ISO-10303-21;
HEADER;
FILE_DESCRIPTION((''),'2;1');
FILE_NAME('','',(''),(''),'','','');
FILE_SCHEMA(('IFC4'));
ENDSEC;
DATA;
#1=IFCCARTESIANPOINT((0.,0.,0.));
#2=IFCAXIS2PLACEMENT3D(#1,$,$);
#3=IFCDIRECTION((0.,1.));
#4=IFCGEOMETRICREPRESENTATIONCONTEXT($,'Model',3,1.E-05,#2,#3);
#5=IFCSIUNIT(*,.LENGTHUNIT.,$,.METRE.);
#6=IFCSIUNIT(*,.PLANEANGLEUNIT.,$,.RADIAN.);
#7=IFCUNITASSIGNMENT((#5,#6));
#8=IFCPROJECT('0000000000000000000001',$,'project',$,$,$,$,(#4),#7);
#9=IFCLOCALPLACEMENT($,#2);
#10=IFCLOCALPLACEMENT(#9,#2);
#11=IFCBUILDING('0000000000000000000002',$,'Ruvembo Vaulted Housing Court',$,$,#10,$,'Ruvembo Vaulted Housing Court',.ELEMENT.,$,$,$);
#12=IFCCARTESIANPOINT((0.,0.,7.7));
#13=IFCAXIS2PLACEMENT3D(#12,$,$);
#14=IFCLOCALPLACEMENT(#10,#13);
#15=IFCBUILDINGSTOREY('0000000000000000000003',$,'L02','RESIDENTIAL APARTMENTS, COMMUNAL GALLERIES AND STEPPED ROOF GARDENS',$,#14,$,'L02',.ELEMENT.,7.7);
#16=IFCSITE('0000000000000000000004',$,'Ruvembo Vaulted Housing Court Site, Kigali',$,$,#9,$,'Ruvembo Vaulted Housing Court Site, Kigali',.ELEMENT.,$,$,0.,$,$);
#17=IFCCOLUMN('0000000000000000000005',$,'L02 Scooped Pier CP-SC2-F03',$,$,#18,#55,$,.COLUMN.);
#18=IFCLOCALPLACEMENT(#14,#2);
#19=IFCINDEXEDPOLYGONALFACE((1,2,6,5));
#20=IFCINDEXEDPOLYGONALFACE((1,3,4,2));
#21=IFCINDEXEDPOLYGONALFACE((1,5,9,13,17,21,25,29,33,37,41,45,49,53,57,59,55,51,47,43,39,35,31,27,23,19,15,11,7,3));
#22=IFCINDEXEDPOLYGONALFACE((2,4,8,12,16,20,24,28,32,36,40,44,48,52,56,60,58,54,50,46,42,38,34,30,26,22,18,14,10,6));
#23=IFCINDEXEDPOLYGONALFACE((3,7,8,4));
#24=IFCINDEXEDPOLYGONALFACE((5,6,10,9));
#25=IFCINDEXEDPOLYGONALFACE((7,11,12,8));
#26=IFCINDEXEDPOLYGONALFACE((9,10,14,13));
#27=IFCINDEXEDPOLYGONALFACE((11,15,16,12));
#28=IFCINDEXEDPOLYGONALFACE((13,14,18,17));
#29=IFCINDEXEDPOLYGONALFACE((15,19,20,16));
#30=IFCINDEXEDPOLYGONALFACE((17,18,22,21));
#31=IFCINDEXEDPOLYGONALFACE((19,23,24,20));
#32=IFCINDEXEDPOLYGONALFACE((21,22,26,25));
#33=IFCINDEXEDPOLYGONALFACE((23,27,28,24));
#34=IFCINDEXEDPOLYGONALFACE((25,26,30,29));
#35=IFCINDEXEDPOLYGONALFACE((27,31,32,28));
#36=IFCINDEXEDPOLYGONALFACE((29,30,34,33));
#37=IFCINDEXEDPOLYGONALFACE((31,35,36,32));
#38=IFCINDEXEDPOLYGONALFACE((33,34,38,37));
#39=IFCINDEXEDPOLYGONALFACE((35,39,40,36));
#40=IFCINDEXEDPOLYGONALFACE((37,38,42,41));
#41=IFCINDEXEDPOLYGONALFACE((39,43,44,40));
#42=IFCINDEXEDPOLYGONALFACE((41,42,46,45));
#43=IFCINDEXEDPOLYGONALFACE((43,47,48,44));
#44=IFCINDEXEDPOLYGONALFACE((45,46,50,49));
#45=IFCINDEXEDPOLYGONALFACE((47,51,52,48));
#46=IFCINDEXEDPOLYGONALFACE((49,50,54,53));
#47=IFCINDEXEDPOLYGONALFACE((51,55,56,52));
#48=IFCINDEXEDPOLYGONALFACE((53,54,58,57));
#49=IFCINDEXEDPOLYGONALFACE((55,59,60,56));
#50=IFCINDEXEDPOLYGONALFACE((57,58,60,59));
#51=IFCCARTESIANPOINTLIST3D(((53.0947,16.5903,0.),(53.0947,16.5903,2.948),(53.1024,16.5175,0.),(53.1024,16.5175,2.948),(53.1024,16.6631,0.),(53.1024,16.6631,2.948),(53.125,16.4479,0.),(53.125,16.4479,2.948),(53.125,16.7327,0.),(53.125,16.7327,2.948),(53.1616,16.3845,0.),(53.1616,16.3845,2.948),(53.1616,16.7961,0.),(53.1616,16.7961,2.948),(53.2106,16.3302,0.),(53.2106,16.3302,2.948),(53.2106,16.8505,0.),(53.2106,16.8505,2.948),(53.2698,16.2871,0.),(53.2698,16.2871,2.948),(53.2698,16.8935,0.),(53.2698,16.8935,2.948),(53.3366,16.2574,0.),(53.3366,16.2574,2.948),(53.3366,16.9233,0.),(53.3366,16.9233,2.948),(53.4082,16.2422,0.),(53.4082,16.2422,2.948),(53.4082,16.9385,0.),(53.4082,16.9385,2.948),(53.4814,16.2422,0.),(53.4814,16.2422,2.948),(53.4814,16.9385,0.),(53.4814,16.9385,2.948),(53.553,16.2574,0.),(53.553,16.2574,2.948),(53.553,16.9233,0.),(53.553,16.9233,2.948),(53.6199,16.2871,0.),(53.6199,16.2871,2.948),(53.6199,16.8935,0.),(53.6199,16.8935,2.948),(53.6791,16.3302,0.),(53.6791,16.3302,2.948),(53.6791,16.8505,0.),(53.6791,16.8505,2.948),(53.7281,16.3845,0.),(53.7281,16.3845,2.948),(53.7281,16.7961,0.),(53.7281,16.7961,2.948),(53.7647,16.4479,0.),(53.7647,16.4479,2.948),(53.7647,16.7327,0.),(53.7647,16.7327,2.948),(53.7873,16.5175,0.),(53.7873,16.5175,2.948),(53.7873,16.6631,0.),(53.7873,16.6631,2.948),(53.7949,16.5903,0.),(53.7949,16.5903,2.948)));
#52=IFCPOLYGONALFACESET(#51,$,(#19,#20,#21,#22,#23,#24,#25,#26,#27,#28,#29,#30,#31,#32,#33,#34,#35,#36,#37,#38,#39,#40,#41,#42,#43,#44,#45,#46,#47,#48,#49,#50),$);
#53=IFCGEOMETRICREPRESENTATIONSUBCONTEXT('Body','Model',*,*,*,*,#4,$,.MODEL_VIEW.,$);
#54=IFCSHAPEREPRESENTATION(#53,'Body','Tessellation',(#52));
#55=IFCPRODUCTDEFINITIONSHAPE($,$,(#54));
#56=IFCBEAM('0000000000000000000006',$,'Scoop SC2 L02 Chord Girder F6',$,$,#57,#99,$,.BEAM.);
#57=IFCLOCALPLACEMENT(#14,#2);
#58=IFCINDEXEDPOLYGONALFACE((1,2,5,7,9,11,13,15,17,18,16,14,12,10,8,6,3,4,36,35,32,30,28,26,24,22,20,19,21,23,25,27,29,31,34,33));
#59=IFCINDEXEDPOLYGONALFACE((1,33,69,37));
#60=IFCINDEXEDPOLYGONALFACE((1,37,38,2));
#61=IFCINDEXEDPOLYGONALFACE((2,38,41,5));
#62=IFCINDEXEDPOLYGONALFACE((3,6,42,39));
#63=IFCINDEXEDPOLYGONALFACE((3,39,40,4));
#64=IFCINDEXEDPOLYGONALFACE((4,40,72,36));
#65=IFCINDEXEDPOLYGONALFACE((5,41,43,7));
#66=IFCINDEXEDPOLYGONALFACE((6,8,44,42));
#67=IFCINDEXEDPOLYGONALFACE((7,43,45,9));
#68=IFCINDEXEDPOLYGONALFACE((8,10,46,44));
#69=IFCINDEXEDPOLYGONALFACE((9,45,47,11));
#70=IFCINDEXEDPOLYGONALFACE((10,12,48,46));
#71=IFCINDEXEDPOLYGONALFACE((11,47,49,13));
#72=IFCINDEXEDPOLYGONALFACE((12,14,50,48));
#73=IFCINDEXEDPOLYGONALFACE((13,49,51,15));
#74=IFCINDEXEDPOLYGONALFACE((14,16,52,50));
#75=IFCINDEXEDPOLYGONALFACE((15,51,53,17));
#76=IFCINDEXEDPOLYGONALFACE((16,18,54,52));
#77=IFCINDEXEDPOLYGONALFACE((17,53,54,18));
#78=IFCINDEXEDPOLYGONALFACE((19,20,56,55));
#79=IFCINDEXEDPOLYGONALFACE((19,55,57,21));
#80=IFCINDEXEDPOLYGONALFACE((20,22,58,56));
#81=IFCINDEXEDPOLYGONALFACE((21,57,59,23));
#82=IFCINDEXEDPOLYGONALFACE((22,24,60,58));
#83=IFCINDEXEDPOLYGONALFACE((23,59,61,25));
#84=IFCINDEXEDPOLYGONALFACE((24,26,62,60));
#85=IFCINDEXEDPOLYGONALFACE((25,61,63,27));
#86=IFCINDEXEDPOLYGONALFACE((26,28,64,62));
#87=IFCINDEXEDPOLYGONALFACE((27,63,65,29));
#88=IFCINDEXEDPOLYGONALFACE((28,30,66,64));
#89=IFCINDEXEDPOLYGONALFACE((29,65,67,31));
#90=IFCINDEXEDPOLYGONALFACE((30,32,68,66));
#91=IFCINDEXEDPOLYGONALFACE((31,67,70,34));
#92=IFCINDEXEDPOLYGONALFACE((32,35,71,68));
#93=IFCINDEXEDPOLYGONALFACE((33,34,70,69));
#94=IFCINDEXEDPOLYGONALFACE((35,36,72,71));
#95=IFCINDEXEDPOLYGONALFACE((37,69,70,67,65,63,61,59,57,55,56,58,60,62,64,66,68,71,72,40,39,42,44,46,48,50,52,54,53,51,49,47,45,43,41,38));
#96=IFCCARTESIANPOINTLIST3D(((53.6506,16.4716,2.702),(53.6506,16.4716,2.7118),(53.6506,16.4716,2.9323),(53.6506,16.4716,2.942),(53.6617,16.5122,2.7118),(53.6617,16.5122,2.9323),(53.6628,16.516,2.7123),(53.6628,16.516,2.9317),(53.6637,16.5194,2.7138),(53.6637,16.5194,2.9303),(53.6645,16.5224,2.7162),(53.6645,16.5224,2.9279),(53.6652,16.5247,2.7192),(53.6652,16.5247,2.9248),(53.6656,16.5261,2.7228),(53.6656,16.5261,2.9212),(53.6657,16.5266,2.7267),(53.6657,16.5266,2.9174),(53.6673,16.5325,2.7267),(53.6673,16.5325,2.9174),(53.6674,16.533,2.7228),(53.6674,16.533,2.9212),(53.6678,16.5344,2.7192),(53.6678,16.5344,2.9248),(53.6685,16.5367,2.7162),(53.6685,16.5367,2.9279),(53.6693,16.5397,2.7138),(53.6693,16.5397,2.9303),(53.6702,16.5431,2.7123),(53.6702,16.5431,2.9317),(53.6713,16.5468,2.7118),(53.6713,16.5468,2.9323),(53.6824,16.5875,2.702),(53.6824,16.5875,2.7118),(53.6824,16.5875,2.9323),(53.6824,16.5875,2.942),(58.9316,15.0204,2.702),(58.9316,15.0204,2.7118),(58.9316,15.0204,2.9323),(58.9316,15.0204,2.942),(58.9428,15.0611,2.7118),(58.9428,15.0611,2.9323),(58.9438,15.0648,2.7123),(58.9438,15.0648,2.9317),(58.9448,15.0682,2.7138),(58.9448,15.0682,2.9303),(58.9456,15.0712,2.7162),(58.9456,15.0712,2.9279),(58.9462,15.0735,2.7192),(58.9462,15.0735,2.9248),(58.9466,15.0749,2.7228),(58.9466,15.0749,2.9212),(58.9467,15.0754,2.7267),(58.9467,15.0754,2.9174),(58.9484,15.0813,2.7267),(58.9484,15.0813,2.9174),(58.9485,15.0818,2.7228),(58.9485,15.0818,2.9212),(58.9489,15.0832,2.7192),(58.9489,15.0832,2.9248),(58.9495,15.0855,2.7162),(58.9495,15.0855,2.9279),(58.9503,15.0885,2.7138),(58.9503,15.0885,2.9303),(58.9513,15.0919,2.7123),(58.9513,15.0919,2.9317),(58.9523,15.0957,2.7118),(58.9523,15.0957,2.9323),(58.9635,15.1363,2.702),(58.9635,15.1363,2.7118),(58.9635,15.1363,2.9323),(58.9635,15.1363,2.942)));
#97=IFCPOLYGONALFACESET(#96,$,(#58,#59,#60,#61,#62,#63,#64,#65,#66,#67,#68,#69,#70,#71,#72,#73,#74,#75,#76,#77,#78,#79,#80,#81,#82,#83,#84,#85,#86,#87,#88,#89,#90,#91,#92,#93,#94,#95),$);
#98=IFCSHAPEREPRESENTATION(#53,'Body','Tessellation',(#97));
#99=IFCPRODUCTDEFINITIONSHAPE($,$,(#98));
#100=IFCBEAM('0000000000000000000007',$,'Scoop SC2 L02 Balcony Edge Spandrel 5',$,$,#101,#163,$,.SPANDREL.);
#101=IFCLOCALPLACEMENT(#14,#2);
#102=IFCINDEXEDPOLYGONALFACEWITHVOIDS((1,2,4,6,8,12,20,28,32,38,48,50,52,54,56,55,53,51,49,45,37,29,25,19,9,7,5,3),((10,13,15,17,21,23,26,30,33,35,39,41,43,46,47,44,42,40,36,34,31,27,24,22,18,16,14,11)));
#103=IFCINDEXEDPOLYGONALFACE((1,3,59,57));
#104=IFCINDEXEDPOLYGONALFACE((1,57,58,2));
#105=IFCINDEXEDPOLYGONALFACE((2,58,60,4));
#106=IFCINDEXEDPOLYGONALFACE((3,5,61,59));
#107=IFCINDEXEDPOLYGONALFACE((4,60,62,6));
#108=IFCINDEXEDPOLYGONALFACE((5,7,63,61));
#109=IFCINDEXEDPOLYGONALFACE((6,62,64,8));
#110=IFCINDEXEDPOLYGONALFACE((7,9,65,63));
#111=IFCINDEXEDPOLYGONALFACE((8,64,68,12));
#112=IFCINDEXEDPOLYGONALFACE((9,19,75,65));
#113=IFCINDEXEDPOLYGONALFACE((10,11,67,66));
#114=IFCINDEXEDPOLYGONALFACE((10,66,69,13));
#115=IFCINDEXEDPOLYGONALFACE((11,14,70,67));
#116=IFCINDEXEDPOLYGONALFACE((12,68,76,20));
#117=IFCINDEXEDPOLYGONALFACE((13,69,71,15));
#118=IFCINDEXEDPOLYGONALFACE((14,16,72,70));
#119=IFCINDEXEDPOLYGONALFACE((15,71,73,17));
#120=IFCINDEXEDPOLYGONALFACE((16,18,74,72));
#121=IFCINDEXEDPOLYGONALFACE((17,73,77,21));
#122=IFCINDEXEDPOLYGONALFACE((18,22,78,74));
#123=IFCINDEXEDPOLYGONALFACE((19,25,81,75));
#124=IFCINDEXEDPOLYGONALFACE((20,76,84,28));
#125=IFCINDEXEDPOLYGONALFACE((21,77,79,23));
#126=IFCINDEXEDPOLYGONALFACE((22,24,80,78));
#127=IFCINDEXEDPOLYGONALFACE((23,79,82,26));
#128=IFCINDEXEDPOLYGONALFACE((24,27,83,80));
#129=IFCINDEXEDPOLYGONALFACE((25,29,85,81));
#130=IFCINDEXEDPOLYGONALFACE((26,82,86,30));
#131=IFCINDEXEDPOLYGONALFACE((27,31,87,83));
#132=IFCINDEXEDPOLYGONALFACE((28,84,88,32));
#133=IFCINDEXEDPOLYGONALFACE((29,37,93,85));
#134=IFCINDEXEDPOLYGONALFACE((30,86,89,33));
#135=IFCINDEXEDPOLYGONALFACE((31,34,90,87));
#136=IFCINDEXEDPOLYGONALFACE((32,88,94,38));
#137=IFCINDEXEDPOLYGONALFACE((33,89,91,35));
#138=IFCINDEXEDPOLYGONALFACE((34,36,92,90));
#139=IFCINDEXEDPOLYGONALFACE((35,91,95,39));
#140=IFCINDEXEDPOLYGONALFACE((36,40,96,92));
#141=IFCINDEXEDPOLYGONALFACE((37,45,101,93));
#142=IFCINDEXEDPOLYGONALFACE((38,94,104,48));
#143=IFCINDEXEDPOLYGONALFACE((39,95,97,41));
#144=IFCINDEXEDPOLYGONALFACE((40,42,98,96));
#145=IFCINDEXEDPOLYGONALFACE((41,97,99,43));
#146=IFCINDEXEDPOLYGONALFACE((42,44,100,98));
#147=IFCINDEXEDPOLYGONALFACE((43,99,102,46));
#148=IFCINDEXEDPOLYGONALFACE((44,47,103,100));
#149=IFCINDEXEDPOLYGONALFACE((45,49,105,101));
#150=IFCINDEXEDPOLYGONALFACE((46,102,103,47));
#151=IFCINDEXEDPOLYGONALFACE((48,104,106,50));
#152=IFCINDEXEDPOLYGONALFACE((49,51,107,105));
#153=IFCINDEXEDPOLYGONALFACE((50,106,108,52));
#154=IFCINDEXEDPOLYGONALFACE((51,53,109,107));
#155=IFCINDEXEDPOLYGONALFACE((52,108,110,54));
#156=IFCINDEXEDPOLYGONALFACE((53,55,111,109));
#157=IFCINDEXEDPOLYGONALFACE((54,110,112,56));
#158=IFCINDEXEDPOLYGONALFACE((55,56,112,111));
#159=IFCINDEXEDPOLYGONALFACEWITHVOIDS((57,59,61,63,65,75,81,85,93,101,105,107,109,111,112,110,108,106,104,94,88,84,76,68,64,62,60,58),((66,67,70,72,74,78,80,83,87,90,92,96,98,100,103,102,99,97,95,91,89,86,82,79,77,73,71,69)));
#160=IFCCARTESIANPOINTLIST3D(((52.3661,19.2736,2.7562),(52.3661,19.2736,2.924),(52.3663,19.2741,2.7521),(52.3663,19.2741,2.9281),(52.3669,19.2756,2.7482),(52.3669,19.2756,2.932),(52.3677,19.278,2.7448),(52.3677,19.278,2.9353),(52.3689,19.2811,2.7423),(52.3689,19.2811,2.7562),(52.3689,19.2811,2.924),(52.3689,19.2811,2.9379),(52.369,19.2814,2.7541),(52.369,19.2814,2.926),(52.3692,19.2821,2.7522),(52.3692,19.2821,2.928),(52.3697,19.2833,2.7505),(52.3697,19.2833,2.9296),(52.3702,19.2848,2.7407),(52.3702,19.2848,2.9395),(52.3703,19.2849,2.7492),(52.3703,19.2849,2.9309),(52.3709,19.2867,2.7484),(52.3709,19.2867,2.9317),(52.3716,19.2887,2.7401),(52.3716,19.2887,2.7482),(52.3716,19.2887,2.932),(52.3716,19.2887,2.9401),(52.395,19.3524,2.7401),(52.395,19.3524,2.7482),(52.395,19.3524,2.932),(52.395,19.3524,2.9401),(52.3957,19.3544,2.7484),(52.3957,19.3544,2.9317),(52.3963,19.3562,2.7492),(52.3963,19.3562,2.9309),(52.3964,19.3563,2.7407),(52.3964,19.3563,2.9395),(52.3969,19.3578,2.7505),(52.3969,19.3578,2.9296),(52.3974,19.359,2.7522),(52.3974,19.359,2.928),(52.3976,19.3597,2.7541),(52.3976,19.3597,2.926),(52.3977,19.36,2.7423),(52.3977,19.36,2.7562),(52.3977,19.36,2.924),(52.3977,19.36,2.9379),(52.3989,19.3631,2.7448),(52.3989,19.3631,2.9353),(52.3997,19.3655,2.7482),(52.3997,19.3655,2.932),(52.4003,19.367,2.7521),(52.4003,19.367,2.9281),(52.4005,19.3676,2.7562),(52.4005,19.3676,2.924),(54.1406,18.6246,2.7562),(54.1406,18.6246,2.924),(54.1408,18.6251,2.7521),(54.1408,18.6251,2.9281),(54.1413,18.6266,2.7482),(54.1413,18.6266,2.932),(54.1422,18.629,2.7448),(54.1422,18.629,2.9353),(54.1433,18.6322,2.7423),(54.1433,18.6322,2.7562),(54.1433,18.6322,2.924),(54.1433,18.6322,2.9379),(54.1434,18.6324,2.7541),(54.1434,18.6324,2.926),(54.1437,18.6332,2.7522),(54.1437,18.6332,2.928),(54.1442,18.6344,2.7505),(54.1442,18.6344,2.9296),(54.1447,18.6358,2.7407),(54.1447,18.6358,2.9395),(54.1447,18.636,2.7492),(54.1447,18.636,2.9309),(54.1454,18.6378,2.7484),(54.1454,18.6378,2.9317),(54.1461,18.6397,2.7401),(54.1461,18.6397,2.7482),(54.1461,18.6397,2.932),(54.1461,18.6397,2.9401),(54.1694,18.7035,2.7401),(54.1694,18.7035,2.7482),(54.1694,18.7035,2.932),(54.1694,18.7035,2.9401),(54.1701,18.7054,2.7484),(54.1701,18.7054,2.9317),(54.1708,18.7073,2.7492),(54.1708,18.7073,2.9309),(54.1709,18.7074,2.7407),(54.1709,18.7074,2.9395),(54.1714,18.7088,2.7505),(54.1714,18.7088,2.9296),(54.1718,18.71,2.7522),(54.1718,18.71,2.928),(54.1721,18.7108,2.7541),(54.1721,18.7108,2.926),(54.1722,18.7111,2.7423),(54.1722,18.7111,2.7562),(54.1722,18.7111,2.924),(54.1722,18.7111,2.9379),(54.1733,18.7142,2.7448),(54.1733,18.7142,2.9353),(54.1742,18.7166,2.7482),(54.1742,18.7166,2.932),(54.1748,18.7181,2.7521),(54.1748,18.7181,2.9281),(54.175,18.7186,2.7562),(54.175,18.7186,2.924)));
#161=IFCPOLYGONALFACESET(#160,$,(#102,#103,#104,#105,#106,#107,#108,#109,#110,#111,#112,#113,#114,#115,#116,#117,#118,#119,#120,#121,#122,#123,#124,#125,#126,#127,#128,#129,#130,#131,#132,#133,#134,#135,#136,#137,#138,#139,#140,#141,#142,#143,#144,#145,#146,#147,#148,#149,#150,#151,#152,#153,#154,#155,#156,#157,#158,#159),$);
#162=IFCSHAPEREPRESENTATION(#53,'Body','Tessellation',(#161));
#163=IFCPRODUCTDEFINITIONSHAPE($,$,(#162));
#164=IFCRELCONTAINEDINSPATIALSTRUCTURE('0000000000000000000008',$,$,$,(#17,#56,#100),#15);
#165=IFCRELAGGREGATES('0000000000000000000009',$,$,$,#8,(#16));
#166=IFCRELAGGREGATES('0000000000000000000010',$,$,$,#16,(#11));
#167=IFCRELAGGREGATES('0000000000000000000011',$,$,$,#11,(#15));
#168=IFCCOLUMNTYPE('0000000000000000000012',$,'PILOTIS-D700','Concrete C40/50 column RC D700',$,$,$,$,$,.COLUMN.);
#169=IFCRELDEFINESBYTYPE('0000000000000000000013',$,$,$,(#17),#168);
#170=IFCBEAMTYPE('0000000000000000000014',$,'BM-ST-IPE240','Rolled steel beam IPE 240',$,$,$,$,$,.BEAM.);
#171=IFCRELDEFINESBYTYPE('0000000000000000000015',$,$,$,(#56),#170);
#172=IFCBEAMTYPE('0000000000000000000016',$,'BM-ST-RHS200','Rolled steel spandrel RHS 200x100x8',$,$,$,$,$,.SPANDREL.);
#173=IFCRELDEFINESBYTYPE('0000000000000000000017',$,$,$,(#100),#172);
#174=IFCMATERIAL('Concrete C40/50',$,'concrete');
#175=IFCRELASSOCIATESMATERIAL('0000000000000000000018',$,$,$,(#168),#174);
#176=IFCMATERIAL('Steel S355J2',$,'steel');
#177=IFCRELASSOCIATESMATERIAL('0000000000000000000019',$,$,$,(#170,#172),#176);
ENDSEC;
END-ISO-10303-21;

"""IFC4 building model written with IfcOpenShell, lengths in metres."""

from ifc_helpers import new_model, si_unit, direction, frame, origin, origin_2d, place, context, subcontext, project, spatial, hollow_rectangle, circle, i_section, extrude, material, material_profile, profile_set, type_object, element, save


model = new_model("IFC4")

# Units and contexts
model_context = context("Model", 3, precision=1e-05, world=origin(), true_north=direction((0.0, 1.0)))
body_context = subcontext(model_context, "Body", "Model", "MODEL_VIEW")
ifc_project = project(units=[si_unit("LENGTHUNIT", "METRE"), si_unit("PLANEANGLEUNIT", "RADIAN")], contexts=[model_context])

# Site, building, storey
site_placement = place(None, origin())
site = spatial("IfcSite", under=ifc_project, at=site_placement, Name="Ruvembo Vaulted Housing Court Site, Kigali", LongName="Ruvembo Vaulted Housing Court Site, Kigali", CompositionType="ELEMENT", RefElevation=0.0)
building_placement = place(site_placement, origin())
building = spatial("IfcBuilding", under=site, at=building_placement, Name="Ruvembo Vaulted Housing Court", LongName="Ruvembo Vaulted Housing Court", CompositionType="ELEMENT")
storey_placement = place(building_placement, frame((0.0, 0.0, 7.7)))
storey = spatial("IfcBuildingStorey", under=building, at=storey_placement, Name="L02", Description="RESIDENTIAL APARTMENTS, COMMUNAL GALLERIES AND STEPPED ROOF GARDENS", LongName="L02", CompositionType="ELEMENT", Elevation=7.7)

# Column
ifc_material_1 = material(Name="Concrete C40/50", Category="concrete")
ifc_material_profile_1 = material_profile(ifc_material_1, circle(Radius=0.3501, at=origin_2d()), Name="RC D700")
ifc_profile_set_1 = profile_set([ifc_material_profile_1], Name="Concrete C40/50")
column_type = type_object("IfcColumnType", Name="PILOTIS-D700", Description="Concrete C40/50 column RC D700", PredefinedType="COLUMN", material=ifc_profile_set_1)
column_placement = place(storey_placement, frame((53.4448, 16.5903, 0.0), z_axis=(0.0, 0.0, 1.0), x_axis=(1.0, 0.0, 0.0)))
element("IfcColumn", 1, at=column_placement, inside=storey, type_object=column_type, Name="L02 Scooped Pier CP-SC2-F03", PredefinedType="COLUMN", context=body_context, shape_type="SweptSolid", body=[
    extrude(circle(Radius=0.3501, at=origin_2d()), origin(), (0.0, 0.0, 1.0), 2.948),
])

# Beams
ifc_material_2 = material(Name="Steel S355J2", Category="steel")
ifc_material_profile_2 = material_profile(ifc_material_2, i_section(OverallWidth=0.1201, OverallDepth=0.24, WebThickness=0.0061, FlangeThickness=0.0098, FilletRadius=0.0149, at=origin_2d()), Name="IPE 240")
ifc_profile_set_2 = profile_set([ifc_material_profile_2], Name="Steel S355J2")
beam_type_1 = type_object("IfcBeamType", Name="BM-ST-IPE240", Description="Rolled steel beam IPE 240", PredefinedType="BEAM", material=ifc_profile_set_2)
beam_1_placement = place(storey_placement, frame((53.6665, 16.5295, 2.822), z_axis=(0.964257, -0.264969, 0.0), x_axis=(0.264969, 0.964257, 0.0)))
element("IfcBeam", 2, at=beam_1_placement, inside=storey, type_object=beam_type_1, Name="Scoop SC2 L02 Chord Girder F6", PredefinedType="BEAM", context=body_context, shape_type="SweptSolid", body=[
    extrude(i_section(OverallWidth=0.1201, OverallDepth=0.24, WebThickness=0.0061, FlangeThickness=0.0098, FilletRadius=0.0149, at=origin_2d()), origin(), (0.0, 0.0, 1.0), 5.4768),
])
ifc_material_profile_3 = material_profile(ifc_material_2, hollow_rectangle(XDim=0.1001, YDim=0.2, WallThickness=0.0081, InnerFilletRadius=0.0081, OuterFilletRadius=0.0161, at=origin_2d()), Name="RHS 200x100x8")
ifc_profile_set_3 = profile_set([ifc_material_profile_3], Name="Steel S355J2")
beam_type_2 = type_object("IfcBeamType", Name="BM-ST-RHS200", Description="Rolled steel spandrel RHS 200x100x8", PredefinedType="SPANDREL", material=ifc_profile_set_3)
beam_2_placement = place(storey_placement, frame((52.3833, 19.3206, 2.8401), z_axis=(0.939166, -0.343465, 0.0), x_axis=(0.343465, 0.939166, 0.0)))
element("IfcBeam", 3, at=beam_2_placement, inside=storey, type_object=beam_type_2, Name="Scoop SC2 L02 Balcony Edge Spandrel 5", PredefinedType="SPANDREL", context=body_context, shape_type="SweptSolid", body=[
    extrude(hollow_rectangle(XDim=0.1001, YDim=0.2, WallThickness=0.0081, InnerFilletRadius=0.0081, OuterFilletRadius=0.0161, at=origin_2d()), origin(), (0.0, 0.0, 1.0), 1.8894),
])

save(model, "model.ifc")
